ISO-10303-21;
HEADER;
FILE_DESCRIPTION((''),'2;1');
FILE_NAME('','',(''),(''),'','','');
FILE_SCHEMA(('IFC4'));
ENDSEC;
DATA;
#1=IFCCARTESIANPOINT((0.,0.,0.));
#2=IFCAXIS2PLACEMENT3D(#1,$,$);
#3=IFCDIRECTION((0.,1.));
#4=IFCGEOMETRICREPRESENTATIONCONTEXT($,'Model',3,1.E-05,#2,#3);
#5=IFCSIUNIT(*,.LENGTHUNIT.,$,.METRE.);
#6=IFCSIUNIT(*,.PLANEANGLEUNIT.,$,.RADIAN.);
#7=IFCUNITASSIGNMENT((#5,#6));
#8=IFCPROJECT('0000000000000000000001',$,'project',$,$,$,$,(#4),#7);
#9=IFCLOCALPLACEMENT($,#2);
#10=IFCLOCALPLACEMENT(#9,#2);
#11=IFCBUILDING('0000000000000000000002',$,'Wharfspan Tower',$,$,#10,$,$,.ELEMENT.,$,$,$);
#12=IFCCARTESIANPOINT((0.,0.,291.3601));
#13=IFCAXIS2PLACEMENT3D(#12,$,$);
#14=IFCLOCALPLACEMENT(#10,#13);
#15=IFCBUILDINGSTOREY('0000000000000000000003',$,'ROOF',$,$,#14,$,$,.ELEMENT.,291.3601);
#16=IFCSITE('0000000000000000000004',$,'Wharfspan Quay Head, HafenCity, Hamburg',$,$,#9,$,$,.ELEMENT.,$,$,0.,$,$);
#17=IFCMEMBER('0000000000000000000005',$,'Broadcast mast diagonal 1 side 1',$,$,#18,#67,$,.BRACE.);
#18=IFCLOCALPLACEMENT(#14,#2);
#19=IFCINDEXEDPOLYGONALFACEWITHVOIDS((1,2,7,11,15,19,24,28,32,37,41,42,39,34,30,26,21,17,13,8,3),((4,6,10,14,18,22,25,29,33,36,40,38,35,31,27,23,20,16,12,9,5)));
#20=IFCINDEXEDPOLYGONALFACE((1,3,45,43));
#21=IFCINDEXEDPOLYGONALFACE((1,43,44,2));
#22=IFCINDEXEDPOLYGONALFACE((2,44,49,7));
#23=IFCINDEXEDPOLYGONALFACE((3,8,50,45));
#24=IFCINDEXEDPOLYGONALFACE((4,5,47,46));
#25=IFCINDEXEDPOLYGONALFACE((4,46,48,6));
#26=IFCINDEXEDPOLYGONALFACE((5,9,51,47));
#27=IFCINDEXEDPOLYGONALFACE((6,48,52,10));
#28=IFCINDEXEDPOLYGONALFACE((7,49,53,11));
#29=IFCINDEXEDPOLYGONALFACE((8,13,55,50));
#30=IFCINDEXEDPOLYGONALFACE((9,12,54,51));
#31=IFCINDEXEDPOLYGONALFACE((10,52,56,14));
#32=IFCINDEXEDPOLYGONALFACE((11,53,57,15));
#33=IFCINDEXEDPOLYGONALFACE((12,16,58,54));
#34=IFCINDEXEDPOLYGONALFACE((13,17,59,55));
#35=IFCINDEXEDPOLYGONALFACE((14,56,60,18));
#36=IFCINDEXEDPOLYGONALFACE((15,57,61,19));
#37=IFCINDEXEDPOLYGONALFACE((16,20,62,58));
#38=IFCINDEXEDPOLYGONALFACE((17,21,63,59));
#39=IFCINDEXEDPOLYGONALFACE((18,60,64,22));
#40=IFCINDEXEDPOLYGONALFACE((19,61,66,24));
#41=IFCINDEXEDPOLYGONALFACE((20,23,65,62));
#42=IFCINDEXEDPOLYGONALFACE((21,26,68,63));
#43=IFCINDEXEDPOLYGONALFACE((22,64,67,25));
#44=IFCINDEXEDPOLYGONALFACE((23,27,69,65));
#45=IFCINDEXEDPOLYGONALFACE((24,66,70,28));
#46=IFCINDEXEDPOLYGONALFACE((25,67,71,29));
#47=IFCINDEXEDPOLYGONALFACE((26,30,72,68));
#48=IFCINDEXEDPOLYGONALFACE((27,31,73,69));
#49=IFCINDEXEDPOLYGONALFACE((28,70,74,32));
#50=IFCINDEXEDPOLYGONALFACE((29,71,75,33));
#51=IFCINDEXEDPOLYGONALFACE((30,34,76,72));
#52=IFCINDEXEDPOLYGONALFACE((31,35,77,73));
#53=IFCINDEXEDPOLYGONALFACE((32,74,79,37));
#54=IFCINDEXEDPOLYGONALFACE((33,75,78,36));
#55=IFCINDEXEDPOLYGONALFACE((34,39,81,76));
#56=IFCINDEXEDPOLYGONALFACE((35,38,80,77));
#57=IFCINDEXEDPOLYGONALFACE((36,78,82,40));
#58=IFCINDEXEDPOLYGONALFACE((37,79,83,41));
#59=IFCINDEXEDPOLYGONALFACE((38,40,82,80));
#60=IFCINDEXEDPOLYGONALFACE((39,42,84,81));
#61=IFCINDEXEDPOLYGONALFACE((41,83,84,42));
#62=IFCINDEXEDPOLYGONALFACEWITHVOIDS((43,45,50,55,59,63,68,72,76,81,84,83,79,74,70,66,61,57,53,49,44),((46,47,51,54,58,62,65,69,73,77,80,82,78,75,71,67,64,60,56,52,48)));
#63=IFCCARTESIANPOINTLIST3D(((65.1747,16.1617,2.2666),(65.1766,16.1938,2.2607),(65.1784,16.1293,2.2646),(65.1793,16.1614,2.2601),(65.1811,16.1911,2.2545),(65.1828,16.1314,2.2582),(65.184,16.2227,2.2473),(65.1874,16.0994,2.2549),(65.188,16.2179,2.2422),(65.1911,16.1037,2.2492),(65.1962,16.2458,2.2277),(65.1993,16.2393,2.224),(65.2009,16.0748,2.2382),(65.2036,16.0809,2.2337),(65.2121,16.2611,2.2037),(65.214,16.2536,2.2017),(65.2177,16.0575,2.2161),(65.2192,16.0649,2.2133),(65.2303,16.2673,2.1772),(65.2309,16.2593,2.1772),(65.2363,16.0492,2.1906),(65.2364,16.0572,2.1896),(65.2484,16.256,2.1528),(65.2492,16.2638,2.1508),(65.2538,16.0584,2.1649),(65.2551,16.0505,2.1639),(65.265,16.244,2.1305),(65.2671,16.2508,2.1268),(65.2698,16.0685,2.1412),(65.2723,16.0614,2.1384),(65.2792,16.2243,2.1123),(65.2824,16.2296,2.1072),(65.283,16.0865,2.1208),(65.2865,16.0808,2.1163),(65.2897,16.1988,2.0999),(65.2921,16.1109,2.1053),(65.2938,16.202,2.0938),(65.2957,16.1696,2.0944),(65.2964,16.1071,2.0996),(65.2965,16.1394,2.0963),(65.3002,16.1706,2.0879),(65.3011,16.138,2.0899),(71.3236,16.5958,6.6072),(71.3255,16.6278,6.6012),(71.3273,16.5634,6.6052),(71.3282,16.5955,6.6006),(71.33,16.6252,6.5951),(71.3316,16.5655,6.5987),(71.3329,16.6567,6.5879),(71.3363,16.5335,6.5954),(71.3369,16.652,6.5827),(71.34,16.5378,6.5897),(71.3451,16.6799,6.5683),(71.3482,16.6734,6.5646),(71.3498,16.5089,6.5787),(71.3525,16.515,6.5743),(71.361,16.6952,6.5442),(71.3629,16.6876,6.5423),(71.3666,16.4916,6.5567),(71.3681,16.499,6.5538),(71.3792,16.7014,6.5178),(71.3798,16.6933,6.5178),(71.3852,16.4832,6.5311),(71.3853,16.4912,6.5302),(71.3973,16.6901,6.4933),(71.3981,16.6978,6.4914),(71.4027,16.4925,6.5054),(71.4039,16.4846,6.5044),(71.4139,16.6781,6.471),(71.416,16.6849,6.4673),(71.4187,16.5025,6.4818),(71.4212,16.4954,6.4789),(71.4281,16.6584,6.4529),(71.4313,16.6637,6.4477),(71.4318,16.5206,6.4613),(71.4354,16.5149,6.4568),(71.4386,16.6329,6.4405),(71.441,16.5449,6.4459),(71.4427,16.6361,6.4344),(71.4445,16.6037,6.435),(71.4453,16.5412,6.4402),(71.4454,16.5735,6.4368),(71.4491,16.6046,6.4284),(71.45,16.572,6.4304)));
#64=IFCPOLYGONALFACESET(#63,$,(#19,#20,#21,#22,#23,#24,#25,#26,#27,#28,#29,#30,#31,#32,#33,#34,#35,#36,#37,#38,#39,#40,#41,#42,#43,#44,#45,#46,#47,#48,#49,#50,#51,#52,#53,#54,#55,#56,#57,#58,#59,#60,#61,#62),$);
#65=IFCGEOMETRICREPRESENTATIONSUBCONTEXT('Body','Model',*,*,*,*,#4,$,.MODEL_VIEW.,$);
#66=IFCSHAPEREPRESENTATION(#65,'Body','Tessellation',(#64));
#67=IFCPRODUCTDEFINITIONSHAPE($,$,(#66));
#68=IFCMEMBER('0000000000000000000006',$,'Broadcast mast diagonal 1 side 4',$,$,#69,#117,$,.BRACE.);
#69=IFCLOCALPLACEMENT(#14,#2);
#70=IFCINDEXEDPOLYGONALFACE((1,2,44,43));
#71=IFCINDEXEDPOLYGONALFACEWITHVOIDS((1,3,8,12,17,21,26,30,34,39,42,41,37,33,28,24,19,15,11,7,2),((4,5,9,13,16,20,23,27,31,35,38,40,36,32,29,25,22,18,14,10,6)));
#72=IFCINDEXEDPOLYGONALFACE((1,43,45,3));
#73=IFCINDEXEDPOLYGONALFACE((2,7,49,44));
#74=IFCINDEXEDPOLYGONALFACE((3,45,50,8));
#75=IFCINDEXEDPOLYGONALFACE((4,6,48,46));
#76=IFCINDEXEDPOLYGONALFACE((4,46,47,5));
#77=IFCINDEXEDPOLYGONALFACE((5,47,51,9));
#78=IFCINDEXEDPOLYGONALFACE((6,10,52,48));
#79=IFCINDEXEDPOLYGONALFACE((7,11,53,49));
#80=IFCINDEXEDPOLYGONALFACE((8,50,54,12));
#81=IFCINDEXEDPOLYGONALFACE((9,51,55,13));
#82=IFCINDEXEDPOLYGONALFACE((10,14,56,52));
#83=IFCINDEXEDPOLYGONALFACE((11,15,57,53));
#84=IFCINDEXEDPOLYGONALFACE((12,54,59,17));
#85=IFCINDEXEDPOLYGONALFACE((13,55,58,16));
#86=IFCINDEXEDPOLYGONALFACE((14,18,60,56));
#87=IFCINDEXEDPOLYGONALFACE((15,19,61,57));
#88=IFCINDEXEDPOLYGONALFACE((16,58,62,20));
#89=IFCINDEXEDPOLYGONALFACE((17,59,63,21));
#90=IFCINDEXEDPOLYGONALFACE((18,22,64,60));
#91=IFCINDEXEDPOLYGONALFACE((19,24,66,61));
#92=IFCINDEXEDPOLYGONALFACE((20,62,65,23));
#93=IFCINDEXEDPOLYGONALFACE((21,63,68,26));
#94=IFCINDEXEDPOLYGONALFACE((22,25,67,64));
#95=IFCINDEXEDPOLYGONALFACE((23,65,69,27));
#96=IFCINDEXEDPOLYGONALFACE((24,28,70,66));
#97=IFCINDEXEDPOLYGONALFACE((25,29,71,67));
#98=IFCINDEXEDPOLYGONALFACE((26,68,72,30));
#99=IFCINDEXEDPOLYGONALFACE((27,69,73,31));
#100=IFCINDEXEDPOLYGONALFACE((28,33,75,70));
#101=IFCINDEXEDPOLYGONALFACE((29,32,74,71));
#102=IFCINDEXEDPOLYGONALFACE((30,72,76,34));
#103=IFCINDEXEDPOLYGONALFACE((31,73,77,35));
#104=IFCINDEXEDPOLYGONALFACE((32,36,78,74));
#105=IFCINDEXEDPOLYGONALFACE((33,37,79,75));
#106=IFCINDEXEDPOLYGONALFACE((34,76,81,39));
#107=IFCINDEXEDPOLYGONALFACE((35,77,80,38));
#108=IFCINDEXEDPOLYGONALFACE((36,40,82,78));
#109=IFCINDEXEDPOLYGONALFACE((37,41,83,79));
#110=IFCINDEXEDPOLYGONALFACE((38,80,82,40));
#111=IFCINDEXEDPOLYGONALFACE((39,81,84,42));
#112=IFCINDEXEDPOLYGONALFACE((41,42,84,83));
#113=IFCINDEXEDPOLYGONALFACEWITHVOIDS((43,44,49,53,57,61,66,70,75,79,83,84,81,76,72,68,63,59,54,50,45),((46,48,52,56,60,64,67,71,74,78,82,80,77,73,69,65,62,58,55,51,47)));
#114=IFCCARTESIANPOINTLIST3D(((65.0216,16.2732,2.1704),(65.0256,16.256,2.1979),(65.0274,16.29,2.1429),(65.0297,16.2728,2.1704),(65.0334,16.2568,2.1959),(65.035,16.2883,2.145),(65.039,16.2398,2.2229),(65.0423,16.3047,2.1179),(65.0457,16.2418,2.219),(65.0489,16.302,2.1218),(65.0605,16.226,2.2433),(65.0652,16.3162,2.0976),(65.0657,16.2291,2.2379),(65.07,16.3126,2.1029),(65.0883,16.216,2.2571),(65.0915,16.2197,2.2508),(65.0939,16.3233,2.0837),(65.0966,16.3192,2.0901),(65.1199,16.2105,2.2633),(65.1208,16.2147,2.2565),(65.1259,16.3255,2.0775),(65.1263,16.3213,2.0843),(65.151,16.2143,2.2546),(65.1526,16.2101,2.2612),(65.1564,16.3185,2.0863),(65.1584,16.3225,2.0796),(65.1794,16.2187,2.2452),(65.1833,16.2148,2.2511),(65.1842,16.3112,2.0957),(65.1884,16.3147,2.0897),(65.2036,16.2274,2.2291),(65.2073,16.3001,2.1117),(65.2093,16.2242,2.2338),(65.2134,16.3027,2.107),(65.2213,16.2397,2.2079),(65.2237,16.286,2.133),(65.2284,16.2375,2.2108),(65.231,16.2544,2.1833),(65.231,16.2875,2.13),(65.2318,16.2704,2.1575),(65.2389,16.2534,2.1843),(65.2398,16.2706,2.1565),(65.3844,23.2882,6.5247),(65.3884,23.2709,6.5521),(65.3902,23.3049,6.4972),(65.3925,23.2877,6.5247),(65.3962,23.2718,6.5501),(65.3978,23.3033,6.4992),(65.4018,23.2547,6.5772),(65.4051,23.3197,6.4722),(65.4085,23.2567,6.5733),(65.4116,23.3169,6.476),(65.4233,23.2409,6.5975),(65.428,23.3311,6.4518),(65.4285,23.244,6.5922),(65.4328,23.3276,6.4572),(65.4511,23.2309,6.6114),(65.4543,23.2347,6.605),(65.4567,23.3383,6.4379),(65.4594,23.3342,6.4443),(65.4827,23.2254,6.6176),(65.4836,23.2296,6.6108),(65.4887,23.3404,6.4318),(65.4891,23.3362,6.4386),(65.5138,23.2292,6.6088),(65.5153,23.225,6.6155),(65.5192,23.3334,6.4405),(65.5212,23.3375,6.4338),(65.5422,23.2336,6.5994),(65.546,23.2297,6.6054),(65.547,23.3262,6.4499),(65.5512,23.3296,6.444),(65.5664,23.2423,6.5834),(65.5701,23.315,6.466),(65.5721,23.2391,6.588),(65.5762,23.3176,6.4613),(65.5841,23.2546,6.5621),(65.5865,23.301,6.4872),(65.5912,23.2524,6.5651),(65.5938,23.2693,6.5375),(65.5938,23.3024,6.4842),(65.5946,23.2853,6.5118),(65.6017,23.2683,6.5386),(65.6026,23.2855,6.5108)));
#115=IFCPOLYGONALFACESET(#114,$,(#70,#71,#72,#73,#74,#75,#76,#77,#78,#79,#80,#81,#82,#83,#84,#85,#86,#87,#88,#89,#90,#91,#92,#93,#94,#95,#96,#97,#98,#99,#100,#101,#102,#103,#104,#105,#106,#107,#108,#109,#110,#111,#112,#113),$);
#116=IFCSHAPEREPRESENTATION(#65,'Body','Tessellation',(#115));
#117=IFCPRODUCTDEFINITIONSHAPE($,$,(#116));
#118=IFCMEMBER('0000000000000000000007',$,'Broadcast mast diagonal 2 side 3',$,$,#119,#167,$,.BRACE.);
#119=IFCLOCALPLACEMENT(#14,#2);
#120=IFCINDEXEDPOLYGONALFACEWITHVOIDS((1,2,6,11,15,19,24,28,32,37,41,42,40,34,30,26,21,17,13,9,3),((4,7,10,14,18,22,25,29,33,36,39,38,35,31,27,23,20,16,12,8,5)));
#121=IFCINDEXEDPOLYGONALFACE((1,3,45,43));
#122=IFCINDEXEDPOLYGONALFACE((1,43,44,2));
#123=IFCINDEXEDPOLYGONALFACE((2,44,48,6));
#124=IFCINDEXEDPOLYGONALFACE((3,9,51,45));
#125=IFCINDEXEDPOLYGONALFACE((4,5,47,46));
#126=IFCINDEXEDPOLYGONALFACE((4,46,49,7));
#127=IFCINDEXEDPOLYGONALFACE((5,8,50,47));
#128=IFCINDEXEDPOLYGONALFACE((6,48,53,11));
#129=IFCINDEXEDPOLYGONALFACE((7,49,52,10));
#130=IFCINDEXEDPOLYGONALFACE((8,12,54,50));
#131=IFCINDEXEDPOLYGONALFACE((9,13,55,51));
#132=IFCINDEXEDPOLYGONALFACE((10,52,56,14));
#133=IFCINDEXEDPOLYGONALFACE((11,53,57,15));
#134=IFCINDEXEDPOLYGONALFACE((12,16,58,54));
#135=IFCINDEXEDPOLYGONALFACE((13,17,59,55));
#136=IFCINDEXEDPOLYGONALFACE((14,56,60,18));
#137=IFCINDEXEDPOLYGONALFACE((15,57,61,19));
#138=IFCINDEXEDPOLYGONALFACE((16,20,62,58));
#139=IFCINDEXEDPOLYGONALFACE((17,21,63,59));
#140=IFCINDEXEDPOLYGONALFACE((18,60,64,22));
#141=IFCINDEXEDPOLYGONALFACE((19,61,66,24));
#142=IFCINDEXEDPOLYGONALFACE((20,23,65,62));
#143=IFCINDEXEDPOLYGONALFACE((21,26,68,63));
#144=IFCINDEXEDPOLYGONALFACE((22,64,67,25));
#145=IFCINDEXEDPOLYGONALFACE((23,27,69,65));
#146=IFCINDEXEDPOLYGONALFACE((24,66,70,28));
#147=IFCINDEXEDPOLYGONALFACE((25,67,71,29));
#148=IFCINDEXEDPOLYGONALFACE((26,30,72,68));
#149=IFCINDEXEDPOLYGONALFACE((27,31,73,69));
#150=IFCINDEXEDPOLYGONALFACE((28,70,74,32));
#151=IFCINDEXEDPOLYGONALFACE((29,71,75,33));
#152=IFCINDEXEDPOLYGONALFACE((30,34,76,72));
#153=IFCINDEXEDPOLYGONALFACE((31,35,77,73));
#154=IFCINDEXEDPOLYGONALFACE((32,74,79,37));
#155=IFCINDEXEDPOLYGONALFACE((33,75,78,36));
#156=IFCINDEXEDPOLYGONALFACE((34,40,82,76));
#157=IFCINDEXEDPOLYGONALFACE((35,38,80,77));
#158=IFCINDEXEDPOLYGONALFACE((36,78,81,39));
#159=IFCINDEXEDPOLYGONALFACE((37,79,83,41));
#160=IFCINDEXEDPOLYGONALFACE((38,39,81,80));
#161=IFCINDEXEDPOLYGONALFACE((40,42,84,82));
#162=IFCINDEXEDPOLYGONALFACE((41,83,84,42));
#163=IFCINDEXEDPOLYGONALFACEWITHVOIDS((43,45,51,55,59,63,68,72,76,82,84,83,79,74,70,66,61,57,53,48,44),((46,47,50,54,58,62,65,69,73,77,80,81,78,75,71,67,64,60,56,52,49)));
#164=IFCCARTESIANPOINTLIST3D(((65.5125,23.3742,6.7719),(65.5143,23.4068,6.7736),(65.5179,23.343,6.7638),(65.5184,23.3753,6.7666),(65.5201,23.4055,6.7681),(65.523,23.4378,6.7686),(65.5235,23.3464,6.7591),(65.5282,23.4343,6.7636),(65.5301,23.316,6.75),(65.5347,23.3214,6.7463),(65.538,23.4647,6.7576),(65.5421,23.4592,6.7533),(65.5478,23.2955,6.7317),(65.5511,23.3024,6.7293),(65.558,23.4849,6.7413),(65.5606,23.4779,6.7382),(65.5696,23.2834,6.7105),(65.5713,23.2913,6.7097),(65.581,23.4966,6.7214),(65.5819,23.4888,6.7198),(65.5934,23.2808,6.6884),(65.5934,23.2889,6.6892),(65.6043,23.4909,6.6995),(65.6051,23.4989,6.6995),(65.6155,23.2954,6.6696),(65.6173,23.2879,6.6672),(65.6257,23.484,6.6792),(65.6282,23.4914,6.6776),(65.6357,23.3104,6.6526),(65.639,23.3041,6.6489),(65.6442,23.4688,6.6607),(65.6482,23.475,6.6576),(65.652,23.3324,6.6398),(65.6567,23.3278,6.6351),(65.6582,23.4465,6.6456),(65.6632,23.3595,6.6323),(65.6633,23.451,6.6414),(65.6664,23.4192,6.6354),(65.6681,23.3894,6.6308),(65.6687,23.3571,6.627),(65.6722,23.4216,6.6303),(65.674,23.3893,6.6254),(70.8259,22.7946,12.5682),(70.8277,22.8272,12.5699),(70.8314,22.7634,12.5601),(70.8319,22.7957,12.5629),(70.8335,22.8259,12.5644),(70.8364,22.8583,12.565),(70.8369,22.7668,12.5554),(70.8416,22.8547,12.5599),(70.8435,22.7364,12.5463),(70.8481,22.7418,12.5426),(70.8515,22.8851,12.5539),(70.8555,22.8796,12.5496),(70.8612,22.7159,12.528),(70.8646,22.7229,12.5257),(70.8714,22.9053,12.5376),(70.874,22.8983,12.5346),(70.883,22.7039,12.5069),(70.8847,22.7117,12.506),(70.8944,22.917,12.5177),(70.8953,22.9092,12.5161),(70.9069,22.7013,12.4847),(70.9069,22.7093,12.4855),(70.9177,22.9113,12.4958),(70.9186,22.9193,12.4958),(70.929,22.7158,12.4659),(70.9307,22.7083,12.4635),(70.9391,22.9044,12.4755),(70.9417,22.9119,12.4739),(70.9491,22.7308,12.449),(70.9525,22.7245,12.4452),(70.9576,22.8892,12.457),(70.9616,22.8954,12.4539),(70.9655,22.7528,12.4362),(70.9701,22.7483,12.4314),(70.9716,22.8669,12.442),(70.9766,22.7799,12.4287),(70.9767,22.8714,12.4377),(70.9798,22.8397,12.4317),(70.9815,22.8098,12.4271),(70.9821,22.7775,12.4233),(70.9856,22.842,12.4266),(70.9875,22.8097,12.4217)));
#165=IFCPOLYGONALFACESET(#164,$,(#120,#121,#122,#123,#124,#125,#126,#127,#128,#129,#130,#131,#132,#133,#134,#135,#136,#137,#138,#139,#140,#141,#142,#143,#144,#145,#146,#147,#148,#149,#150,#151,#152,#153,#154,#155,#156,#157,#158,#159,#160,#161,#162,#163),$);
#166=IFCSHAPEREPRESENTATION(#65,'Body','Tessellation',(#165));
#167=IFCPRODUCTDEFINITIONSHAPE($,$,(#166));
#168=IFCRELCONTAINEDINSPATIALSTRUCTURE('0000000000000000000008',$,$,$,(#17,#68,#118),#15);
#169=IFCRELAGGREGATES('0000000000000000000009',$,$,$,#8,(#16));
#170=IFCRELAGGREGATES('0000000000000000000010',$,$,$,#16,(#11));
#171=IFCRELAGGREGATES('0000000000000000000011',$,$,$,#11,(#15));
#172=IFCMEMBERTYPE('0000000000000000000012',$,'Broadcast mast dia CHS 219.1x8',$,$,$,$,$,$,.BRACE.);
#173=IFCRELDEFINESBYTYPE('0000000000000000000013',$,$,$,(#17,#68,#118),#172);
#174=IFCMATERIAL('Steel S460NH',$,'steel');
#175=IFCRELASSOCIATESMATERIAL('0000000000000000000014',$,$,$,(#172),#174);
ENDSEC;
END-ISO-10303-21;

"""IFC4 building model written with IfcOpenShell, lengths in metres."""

from ifc_helpers import new_model, si_unit, direction, frame, origin, origin_2d, place, context, subcontext, project, spatial, hollow_circle, extrude, material, material_profile, profile_set, type_object, element, save


model = new_model("IFC4")

# Units and contexts
model_context = context("Model", 3, precision=1e-05, world=origin(), true_north=direction((0.0, 1.0)))
body_context = subcontext(model_context, "Body", "Model", "MODEL_VIEW")
ifc_project = project(units=[si_unit("LENGTHUNIT", "METRE"), si_unit("PLANEANGLEUNIT", "RADIAN")], contexts=[model_context])

# Site, building, storey
site_placement = place(None, origin())
site = spatial("IfcSite", under=ifc_project, at=site_placement, Name="Wharfspan Quay Head, HafenCity, Hamburg", CompositionType="ELEMENT", RefElevation=0.0)
building_placement = place(site_placement, origin())
building = spatial("IfcBuilding", under=site, at=building_placement, Name="Wharfspan Tower", CompositionType="ELEMENT")
storey_placement = place(building_placement, frame((0.0, 0.0, 291.3601)))
storey = spatial("IfcBuildingStorey", under=building, at=storey_placement, Name="ROOF", CompositionType="ELEMENT", Elevation=291.3601)

# Members
ifc_material_1 = material(Name="Steel S460NH", Category="steel")
ifc_material_profile_1 = material_profile(ifc_material_1, hollow_circle(Radius=0.1096, WallThickness=0.0081, at=origin_2d()))
ifc_profile_set_1 = profile_set([ifc_material_profile_1], Name="Steel S460NH")
member_type_1 = type_object("IfcMemberType", Name="Broadcast mast dia CHS 219.1x8", PredefinedType="BRACE", material=ifc_profile_set_1)
member_1_placement = place(storey_placement, frame((65.238, 16.158, 2.1772), z_axis=(0.815603, 0.057577, 0.57574), x_axis=(-0.070422, 0.997518, 0.000004)))
element("IfcMember", 1, at=member_1_placement, inside=storey, type_object=member_type_1, Name="Broadcast mast diagonal 1 side 1", PredefinedType="BRACE", context=body_context, shape_type="SweptSolid", body=[
    extrude(hollow_circle(Radius=0.1096, WallThickness=0.0081, at=origin_2d()), origin(), (0.0, 0.0, 1.0), 7.5391),
])
member_2_placement = place(storey_placement, frame((65.1311, 16.2676, 2.1704), z_axis=(0.043898, 0.848812, 0.52687), x_axis=(-0.998666, 0.051648, 0.0)))
element("IfcMember", 2, at=member_2_placement, inside=storey, type_object=member_type_1, Name="Broadcast mast diagonal 1 side 4", PredefinedType="BRACE", context=body_context, shape_type="SweptSolid", body=[
    extrude(hollow_circle(Radius=0.1096, WallThickness=0.0081, at=origin_2d()), origin(), (0.0, 0.0, 1.0), 8.2644),
])
member_3_placement = place(storey_placement, frame((65.5933, 23.3899, 6.6995), z_axis=(0.673905, -0.073509, 0.735152), x_axis=(0.108438, 0.994102, -0.000002)))
element("IfcMember", 3, at=member_3_placement, inside=storey, type_object=member_type_1, Name="Broadcast mast diagonal 2 side 3", PredefinedType="BRACE", context=body_context, shape_type="SweptSolid", body=[
    extrude(hollow_circle(Radius=0.1096, WallThickness=0.0081, at=origin_2d()), origin(), (0.0, 0.0, 1.0), 7.8845),
])

save(model, "model.ifc")
